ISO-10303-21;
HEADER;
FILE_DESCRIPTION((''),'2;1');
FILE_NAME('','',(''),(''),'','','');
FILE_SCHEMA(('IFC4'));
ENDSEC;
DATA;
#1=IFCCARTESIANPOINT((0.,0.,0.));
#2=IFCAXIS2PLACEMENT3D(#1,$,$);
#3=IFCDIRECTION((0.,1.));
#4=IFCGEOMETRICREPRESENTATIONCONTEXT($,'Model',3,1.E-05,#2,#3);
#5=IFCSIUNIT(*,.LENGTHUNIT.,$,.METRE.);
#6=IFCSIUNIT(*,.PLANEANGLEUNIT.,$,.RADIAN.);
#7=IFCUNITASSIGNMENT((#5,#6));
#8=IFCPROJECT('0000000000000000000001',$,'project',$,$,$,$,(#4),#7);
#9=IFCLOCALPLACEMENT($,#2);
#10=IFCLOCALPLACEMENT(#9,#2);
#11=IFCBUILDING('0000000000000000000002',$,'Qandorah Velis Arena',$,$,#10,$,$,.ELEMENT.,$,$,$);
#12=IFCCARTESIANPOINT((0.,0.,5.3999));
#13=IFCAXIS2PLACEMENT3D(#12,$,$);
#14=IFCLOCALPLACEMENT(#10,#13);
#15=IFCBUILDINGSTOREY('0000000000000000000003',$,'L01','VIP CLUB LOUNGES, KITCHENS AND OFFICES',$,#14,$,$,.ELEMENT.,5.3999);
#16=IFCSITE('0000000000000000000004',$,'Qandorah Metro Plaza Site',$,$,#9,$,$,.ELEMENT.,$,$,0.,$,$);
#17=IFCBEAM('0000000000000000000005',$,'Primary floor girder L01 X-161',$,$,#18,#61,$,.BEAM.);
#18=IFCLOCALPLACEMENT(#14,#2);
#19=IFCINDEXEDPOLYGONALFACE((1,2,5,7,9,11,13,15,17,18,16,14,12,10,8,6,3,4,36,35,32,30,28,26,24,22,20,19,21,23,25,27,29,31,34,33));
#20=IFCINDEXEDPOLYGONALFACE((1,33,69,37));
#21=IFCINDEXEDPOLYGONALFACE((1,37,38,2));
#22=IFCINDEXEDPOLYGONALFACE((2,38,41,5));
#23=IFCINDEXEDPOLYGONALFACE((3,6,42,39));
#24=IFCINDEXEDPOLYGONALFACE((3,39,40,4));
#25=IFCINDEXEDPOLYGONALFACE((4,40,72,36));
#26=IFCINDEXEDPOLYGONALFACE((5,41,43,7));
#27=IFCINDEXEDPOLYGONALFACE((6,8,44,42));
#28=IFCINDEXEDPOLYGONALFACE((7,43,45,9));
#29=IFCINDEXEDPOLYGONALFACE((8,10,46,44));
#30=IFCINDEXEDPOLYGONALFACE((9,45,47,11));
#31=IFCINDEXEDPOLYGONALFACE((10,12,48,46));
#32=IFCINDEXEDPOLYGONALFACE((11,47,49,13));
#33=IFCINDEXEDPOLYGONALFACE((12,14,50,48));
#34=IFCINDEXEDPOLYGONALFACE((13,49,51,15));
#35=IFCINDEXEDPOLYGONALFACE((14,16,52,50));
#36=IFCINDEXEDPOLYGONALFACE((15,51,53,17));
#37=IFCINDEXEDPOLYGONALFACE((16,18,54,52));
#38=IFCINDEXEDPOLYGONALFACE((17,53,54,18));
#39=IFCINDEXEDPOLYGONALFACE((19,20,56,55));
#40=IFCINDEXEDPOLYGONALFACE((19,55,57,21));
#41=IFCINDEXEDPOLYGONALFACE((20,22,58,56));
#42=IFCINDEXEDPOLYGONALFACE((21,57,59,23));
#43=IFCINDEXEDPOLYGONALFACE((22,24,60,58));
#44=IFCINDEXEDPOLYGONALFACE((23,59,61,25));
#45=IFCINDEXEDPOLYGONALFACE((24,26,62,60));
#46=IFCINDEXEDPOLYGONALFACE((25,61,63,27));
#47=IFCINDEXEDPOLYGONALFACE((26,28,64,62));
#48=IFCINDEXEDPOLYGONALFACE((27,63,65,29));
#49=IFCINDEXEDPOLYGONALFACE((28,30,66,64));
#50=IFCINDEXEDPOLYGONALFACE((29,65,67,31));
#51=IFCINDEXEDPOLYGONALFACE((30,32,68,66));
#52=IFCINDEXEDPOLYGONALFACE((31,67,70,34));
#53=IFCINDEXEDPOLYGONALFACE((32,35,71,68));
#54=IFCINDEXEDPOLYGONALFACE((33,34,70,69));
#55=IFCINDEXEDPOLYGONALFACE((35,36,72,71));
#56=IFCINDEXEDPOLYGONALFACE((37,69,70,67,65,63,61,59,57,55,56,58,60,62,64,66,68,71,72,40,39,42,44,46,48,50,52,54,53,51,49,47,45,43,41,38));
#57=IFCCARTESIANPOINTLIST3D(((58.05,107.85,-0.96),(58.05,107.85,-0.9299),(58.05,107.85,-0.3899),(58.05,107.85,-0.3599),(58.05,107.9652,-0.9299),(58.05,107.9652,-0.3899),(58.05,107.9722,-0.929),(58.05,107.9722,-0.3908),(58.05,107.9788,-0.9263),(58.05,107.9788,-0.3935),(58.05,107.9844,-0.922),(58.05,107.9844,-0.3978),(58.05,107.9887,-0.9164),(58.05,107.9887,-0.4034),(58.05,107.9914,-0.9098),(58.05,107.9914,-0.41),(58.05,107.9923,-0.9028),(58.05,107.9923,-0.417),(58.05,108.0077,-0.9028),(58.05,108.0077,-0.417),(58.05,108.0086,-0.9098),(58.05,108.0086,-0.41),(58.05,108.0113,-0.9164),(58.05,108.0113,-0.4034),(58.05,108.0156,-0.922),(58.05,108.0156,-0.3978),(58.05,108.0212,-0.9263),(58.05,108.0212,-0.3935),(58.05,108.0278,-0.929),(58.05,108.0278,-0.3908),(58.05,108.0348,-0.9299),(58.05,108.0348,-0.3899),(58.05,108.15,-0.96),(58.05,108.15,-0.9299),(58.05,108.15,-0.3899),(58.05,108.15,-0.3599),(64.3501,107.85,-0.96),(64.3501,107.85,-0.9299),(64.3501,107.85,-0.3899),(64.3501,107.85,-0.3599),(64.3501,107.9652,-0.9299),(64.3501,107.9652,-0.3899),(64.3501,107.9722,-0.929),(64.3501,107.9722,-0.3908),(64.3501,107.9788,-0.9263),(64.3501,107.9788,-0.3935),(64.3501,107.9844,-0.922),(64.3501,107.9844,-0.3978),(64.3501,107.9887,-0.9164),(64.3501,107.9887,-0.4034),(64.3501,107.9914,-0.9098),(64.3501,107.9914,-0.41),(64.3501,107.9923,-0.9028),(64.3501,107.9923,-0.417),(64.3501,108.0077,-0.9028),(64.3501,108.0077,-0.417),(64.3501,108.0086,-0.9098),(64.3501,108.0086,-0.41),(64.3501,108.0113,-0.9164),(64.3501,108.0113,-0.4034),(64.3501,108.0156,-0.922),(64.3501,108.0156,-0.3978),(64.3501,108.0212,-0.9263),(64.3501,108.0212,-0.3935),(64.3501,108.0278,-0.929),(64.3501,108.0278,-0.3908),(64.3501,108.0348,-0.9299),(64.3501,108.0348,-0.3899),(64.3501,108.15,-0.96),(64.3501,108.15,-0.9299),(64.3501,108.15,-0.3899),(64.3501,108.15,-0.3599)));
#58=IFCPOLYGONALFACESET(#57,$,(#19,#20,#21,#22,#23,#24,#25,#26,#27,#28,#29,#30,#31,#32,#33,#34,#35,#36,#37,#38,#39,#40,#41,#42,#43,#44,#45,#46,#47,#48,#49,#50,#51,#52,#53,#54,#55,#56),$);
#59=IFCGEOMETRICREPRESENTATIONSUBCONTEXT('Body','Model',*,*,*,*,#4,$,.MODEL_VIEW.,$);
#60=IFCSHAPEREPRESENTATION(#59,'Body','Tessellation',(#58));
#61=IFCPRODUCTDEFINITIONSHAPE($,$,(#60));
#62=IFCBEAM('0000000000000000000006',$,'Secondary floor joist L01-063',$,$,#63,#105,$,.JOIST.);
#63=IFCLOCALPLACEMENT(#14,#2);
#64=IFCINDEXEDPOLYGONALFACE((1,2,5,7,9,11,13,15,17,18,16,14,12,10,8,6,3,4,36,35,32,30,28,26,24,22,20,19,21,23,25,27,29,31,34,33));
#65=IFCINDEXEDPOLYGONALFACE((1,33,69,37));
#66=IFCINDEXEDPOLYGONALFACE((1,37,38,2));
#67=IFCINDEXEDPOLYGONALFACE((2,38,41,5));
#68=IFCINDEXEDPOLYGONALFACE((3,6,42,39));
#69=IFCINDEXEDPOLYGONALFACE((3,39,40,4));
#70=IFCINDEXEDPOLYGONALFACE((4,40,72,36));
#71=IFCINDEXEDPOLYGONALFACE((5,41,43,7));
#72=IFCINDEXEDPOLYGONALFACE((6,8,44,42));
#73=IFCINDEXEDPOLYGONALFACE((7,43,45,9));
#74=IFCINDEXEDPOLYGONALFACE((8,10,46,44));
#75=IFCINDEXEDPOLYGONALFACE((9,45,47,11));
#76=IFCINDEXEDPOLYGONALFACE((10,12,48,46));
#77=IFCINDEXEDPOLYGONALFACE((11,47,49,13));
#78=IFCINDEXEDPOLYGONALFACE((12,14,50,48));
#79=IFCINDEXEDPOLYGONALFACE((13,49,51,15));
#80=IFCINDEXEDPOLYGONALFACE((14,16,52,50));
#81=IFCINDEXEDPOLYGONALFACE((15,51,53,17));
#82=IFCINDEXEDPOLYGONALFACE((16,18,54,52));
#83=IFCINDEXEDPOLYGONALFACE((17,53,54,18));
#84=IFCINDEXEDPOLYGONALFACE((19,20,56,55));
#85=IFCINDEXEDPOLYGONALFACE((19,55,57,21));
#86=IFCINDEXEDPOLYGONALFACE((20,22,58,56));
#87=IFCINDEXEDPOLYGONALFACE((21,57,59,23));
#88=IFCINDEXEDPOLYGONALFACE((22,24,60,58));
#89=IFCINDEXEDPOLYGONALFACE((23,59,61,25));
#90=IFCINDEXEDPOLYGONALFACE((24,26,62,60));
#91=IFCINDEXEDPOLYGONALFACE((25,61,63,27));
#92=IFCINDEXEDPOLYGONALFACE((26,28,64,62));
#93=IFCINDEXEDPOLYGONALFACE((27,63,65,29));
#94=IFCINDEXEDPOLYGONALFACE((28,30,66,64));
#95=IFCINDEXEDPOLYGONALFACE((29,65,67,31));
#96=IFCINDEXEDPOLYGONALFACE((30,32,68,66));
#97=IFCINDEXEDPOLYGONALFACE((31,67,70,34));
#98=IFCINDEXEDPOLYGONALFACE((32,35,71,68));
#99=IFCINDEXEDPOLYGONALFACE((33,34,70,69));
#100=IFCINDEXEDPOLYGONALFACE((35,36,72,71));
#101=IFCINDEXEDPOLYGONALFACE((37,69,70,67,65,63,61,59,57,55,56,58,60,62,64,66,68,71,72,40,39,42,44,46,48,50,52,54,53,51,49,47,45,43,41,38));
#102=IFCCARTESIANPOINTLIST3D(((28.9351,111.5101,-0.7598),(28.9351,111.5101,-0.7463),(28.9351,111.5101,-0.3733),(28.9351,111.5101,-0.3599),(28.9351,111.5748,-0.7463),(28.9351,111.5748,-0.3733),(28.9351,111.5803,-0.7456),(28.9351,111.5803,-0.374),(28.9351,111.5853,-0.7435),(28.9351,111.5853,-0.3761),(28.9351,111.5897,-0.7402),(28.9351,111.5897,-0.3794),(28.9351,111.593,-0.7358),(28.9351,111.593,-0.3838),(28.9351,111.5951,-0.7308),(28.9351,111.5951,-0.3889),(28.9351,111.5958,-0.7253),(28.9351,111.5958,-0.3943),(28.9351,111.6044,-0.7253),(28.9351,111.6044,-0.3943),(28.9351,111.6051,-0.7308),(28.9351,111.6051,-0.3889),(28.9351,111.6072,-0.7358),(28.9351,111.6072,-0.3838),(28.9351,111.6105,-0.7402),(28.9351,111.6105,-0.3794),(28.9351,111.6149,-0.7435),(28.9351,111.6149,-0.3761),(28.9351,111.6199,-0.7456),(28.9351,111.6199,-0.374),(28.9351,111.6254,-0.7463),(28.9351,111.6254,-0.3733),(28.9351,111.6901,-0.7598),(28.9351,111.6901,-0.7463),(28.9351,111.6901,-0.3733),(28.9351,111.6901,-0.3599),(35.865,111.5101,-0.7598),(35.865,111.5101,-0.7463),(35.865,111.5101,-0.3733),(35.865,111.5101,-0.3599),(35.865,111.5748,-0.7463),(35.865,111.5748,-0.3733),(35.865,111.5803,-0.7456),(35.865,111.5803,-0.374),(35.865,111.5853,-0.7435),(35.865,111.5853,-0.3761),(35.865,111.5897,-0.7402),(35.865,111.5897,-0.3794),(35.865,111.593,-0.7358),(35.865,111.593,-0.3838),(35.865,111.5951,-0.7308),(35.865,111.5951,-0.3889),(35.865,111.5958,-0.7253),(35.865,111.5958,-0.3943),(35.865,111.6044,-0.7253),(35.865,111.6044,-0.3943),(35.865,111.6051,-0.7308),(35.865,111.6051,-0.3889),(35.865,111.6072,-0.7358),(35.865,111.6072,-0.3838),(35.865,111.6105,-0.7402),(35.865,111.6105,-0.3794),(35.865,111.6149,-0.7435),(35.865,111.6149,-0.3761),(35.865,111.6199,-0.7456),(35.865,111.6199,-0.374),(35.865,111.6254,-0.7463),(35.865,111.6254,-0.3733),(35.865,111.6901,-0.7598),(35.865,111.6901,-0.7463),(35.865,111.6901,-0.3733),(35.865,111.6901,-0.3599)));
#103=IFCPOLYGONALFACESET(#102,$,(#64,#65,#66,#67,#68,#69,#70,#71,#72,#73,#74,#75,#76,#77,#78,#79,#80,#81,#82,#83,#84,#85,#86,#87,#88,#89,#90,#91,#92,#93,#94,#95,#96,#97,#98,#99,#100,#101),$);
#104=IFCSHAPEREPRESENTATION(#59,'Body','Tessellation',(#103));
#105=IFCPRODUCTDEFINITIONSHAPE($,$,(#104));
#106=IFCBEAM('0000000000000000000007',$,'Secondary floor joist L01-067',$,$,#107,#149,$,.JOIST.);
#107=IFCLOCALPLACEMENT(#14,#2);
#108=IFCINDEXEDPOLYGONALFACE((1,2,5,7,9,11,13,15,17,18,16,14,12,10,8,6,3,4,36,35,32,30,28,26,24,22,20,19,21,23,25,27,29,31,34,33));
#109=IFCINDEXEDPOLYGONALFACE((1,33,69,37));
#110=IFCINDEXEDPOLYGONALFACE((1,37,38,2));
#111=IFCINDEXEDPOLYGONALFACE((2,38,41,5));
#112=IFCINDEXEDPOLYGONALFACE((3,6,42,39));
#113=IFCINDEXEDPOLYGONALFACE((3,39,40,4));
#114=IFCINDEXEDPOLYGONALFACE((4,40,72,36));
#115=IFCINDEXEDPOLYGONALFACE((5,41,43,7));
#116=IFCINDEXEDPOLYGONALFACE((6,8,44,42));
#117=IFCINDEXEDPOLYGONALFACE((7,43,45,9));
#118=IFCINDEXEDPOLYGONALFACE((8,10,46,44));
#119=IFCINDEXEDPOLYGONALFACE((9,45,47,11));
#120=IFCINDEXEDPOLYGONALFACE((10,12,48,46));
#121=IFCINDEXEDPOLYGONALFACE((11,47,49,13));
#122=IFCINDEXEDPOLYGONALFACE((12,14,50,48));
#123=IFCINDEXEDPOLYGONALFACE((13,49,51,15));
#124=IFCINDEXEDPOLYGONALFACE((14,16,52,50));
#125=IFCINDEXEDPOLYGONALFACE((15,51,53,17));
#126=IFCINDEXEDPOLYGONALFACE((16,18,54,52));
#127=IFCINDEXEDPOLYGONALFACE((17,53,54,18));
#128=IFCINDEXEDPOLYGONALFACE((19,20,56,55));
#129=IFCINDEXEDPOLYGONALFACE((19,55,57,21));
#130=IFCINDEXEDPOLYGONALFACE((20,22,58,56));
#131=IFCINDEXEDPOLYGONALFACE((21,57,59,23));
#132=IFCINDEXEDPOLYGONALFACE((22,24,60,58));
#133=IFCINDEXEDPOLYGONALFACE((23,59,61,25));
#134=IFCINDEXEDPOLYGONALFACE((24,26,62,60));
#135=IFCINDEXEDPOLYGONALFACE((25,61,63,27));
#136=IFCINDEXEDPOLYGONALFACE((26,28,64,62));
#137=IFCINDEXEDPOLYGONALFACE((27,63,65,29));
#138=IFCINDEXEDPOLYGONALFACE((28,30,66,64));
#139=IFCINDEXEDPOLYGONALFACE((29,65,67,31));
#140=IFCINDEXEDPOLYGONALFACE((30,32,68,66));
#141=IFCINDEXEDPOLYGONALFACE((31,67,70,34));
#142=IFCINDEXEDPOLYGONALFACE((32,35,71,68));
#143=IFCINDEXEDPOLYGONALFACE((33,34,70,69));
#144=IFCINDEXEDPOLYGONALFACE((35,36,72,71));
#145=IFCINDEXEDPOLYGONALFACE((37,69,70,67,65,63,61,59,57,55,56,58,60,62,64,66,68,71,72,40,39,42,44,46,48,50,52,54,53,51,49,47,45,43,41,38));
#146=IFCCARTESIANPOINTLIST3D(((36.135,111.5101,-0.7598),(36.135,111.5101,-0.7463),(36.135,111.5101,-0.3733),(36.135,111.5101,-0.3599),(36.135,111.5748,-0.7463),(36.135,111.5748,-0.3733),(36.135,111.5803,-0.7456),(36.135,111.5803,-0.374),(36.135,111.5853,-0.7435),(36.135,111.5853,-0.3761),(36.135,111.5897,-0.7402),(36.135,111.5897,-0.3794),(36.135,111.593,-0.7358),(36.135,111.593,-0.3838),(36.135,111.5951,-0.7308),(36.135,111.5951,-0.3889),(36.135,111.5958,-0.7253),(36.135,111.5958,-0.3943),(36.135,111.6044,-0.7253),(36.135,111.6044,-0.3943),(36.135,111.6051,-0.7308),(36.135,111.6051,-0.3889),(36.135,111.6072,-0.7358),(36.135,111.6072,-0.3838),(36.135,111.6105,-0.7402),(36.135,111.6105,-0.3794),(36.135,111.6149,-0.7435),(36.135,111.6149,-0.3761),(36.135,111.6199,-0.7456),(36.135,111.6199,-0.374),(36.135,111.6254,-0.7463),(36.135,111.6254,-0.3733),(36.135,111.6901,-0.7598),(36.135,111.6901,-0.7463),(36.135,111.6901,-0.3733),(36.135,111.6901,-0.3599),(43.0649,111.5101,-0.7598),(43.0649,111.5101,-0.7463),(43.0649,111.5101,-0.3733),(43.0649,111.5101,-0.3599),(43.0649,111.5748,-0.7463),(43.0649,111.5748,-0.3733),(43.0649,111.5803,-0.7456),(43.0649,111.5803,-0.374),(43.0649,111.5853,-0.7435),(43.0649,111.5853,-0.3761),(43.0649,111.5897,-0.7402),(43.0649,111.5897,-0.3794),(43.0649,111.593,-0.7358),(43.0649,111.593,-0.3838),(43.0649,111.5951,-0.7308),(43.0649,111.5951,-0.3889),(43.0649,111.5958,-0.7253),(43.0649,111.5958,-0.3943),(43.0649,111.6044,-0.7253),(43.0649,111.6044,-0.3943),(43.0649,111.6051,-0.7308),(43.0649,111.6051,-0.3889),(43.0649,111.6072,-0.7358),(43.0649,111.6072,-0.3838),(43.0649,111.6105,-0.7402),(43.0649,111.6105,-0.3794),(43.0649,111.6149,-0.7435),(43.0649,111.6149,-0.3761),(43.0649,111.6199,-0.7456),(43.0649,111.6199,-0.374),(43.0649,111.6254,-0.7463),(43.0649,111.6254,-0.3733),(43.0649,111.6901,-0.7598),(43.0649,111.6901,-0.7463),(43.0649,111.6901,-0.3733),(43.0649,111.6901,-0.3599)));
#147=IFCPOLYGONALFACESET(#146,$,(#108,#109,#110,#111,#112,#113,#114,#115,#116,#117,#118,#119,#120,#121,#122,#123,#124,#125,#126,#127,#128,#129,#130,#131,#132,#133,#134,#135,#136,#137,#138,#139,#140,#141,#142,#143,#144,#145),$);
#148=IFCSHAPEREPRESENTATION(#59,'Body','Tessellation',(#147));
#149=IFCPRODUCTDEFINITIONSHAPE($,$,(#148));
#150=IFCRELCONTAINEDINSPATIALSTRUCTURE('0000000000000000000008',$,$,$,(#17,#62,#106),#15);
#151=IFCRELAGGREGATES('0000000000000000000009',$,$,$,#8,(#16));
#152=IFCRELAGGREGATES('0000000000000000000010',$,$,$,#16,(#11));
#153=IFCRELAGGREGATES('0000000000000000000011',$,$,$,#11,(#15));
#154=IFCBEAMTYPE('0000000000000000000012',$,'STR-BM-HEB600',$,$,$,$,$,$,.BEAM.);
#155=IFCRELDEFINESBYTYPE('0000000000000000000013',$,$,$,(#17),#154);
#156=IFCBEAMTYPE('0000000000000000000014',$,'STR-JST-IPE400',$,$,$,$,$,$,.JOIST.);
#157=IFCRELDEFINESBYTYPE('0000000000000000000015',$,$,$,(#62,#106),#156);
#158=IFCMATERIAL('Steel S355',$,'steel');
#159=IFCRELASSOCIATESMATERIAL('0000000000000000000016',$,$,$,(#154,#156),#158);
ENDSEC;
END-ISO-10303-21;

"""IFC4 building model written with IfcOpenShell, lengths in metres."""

from ifc_helpers import new_model, si_unit, direction, frame, origin, origin_2d, place, context, subcontext, project, spatial, i_section, extrude, material, material_profile, profile_set, type_object, element, save


model = new_model("IFC4")

# Units and contexts
model_context = context("Model", 3, precision=1e-05, world=origin(), true_north=direction((0.0, 1.0)))
body_context = subcontext(model_context, "Body", "Model", "MODEL_VIEW")
ifc_project = project(units=[si_unit("LENGTHUNIT", "METRE"), si_unit("PLANEANGLEUNIT", "RADIAN")], contexts=[model_context])

# Site, building, storey
site_placement = place(None, origin())
site = spatial("IfcSite", under=ifc_project, at=site_placement, Name="Qandorah Metro Plaza Site", CompositionType="ELEMENT", RefElevation=0.0)
building_placement = place(site_placement, origin())
building = spatial("IfcBuilding", under=site, at=building_placement, Name="Qandorah Velis Arena", CompositionType="ELEMENT")
storey_placement = place(building_placement, frame((0.0, 0.0, 5.3999)))
storey = spatial("IfcBuildingStorey", under=building, at=storey_placement, Name="L01", Description="VIP CLUB LOUNGES, KITCHENS AND OFFICES", CompositionType="ELEMENT", Elevation=5.3999)

# Beams
ifc_material_1 = material(Name="Steel S355", Category="steel")
ifc_material_profile_1 = material_profile(ifc_material_1, i_section(OverallWidth=0.3, OverallDepth=0.6001, WebThickness=0.0154, FlangeThickness=0.03, FilletRadius=0.0271, at=origin_2d()), Name="HEB 600")
ifc_profile_set_1 = profile_set([ifc_material_profile_1], Name="Steel S355")
beam_type_1 = type_object("IfcBeamType", Name="STR-BM-HEB600", PredefinedType="BEAM", material=ifc_profile_set_1)
beam_1_placement = place(storey_placement, frame((58.05, 108.0, -0.6599), z_axis=(1.0, 0.0, 0.0), x_axis=(0.0, 1.0, 0.0)))
element("IfcBeam", 1, at=beam_1_placement, inside=storey, type_object=beam_type_1, Name="Primary floor girder L01 X-161", PredefinedType="BEAM", context=body_context, shape_type="SweptSolid", body=[
    extrude(i_section(OverallWidth=0.3, OverallDepth=0.6001, WebThickness=0.0154, FlangeThickness=0.03, FilletRadius=0.0271, at=origin_2d()), origin(), (0.0, 0.0, 1.0), 6.3),
])
ifc_material_profile_2 = material_profile(ifc_material_1, i_section(OverallWidth=0.1799, OverallDepth=0.3999, WebThickness=0.0085, FlangeThickness=0.0134, FilletRadius=0.021, at=origin_2d()), Name="IPE 400")
ifc_profile_set_2 = profile_set([ifc_material_profile_2], Name="Steel S355")
beam_type_2 = type_object("IfcBeamType", Name="STR-JST-IPE400", PredefinedType="JOIST", material=ifc_profile_set_2)
for number, where, z_axis, x_axis, name in (
    (2, (28.9351, 111.6001, -0.5598), (1.0, 0.0, 0.0), (0.0, 1.0, 0.0), "Secondary floor joist L01-063"),
    (3, (36.135, 111.6001, -0.5598), (1.0, 0.0, 0.0), (0.0, 1.0, 0.0), "Secondary floor joist L01-067"),
):
    element("IfcBeam", number, at=place(storey_placement, frame(where, z_axis=z_axis, x_axis=x_axis)), inside=storey, type_object=beam_type_2, Name=name, PredefinedType="JOIST", context=body_context, shape_type="SweptSolid", body=[
        extrude(i_section(OverallWidth=0.1799, OverallDepth=0.3999, WebThickness=0.0085, FlangeThickness=0.0134, FilletRadius=0.021, at=origin_2d()), origin(), (0.0, 0.0, 1.0), 6.9299),
    ])

save(model, "model.ifc")
